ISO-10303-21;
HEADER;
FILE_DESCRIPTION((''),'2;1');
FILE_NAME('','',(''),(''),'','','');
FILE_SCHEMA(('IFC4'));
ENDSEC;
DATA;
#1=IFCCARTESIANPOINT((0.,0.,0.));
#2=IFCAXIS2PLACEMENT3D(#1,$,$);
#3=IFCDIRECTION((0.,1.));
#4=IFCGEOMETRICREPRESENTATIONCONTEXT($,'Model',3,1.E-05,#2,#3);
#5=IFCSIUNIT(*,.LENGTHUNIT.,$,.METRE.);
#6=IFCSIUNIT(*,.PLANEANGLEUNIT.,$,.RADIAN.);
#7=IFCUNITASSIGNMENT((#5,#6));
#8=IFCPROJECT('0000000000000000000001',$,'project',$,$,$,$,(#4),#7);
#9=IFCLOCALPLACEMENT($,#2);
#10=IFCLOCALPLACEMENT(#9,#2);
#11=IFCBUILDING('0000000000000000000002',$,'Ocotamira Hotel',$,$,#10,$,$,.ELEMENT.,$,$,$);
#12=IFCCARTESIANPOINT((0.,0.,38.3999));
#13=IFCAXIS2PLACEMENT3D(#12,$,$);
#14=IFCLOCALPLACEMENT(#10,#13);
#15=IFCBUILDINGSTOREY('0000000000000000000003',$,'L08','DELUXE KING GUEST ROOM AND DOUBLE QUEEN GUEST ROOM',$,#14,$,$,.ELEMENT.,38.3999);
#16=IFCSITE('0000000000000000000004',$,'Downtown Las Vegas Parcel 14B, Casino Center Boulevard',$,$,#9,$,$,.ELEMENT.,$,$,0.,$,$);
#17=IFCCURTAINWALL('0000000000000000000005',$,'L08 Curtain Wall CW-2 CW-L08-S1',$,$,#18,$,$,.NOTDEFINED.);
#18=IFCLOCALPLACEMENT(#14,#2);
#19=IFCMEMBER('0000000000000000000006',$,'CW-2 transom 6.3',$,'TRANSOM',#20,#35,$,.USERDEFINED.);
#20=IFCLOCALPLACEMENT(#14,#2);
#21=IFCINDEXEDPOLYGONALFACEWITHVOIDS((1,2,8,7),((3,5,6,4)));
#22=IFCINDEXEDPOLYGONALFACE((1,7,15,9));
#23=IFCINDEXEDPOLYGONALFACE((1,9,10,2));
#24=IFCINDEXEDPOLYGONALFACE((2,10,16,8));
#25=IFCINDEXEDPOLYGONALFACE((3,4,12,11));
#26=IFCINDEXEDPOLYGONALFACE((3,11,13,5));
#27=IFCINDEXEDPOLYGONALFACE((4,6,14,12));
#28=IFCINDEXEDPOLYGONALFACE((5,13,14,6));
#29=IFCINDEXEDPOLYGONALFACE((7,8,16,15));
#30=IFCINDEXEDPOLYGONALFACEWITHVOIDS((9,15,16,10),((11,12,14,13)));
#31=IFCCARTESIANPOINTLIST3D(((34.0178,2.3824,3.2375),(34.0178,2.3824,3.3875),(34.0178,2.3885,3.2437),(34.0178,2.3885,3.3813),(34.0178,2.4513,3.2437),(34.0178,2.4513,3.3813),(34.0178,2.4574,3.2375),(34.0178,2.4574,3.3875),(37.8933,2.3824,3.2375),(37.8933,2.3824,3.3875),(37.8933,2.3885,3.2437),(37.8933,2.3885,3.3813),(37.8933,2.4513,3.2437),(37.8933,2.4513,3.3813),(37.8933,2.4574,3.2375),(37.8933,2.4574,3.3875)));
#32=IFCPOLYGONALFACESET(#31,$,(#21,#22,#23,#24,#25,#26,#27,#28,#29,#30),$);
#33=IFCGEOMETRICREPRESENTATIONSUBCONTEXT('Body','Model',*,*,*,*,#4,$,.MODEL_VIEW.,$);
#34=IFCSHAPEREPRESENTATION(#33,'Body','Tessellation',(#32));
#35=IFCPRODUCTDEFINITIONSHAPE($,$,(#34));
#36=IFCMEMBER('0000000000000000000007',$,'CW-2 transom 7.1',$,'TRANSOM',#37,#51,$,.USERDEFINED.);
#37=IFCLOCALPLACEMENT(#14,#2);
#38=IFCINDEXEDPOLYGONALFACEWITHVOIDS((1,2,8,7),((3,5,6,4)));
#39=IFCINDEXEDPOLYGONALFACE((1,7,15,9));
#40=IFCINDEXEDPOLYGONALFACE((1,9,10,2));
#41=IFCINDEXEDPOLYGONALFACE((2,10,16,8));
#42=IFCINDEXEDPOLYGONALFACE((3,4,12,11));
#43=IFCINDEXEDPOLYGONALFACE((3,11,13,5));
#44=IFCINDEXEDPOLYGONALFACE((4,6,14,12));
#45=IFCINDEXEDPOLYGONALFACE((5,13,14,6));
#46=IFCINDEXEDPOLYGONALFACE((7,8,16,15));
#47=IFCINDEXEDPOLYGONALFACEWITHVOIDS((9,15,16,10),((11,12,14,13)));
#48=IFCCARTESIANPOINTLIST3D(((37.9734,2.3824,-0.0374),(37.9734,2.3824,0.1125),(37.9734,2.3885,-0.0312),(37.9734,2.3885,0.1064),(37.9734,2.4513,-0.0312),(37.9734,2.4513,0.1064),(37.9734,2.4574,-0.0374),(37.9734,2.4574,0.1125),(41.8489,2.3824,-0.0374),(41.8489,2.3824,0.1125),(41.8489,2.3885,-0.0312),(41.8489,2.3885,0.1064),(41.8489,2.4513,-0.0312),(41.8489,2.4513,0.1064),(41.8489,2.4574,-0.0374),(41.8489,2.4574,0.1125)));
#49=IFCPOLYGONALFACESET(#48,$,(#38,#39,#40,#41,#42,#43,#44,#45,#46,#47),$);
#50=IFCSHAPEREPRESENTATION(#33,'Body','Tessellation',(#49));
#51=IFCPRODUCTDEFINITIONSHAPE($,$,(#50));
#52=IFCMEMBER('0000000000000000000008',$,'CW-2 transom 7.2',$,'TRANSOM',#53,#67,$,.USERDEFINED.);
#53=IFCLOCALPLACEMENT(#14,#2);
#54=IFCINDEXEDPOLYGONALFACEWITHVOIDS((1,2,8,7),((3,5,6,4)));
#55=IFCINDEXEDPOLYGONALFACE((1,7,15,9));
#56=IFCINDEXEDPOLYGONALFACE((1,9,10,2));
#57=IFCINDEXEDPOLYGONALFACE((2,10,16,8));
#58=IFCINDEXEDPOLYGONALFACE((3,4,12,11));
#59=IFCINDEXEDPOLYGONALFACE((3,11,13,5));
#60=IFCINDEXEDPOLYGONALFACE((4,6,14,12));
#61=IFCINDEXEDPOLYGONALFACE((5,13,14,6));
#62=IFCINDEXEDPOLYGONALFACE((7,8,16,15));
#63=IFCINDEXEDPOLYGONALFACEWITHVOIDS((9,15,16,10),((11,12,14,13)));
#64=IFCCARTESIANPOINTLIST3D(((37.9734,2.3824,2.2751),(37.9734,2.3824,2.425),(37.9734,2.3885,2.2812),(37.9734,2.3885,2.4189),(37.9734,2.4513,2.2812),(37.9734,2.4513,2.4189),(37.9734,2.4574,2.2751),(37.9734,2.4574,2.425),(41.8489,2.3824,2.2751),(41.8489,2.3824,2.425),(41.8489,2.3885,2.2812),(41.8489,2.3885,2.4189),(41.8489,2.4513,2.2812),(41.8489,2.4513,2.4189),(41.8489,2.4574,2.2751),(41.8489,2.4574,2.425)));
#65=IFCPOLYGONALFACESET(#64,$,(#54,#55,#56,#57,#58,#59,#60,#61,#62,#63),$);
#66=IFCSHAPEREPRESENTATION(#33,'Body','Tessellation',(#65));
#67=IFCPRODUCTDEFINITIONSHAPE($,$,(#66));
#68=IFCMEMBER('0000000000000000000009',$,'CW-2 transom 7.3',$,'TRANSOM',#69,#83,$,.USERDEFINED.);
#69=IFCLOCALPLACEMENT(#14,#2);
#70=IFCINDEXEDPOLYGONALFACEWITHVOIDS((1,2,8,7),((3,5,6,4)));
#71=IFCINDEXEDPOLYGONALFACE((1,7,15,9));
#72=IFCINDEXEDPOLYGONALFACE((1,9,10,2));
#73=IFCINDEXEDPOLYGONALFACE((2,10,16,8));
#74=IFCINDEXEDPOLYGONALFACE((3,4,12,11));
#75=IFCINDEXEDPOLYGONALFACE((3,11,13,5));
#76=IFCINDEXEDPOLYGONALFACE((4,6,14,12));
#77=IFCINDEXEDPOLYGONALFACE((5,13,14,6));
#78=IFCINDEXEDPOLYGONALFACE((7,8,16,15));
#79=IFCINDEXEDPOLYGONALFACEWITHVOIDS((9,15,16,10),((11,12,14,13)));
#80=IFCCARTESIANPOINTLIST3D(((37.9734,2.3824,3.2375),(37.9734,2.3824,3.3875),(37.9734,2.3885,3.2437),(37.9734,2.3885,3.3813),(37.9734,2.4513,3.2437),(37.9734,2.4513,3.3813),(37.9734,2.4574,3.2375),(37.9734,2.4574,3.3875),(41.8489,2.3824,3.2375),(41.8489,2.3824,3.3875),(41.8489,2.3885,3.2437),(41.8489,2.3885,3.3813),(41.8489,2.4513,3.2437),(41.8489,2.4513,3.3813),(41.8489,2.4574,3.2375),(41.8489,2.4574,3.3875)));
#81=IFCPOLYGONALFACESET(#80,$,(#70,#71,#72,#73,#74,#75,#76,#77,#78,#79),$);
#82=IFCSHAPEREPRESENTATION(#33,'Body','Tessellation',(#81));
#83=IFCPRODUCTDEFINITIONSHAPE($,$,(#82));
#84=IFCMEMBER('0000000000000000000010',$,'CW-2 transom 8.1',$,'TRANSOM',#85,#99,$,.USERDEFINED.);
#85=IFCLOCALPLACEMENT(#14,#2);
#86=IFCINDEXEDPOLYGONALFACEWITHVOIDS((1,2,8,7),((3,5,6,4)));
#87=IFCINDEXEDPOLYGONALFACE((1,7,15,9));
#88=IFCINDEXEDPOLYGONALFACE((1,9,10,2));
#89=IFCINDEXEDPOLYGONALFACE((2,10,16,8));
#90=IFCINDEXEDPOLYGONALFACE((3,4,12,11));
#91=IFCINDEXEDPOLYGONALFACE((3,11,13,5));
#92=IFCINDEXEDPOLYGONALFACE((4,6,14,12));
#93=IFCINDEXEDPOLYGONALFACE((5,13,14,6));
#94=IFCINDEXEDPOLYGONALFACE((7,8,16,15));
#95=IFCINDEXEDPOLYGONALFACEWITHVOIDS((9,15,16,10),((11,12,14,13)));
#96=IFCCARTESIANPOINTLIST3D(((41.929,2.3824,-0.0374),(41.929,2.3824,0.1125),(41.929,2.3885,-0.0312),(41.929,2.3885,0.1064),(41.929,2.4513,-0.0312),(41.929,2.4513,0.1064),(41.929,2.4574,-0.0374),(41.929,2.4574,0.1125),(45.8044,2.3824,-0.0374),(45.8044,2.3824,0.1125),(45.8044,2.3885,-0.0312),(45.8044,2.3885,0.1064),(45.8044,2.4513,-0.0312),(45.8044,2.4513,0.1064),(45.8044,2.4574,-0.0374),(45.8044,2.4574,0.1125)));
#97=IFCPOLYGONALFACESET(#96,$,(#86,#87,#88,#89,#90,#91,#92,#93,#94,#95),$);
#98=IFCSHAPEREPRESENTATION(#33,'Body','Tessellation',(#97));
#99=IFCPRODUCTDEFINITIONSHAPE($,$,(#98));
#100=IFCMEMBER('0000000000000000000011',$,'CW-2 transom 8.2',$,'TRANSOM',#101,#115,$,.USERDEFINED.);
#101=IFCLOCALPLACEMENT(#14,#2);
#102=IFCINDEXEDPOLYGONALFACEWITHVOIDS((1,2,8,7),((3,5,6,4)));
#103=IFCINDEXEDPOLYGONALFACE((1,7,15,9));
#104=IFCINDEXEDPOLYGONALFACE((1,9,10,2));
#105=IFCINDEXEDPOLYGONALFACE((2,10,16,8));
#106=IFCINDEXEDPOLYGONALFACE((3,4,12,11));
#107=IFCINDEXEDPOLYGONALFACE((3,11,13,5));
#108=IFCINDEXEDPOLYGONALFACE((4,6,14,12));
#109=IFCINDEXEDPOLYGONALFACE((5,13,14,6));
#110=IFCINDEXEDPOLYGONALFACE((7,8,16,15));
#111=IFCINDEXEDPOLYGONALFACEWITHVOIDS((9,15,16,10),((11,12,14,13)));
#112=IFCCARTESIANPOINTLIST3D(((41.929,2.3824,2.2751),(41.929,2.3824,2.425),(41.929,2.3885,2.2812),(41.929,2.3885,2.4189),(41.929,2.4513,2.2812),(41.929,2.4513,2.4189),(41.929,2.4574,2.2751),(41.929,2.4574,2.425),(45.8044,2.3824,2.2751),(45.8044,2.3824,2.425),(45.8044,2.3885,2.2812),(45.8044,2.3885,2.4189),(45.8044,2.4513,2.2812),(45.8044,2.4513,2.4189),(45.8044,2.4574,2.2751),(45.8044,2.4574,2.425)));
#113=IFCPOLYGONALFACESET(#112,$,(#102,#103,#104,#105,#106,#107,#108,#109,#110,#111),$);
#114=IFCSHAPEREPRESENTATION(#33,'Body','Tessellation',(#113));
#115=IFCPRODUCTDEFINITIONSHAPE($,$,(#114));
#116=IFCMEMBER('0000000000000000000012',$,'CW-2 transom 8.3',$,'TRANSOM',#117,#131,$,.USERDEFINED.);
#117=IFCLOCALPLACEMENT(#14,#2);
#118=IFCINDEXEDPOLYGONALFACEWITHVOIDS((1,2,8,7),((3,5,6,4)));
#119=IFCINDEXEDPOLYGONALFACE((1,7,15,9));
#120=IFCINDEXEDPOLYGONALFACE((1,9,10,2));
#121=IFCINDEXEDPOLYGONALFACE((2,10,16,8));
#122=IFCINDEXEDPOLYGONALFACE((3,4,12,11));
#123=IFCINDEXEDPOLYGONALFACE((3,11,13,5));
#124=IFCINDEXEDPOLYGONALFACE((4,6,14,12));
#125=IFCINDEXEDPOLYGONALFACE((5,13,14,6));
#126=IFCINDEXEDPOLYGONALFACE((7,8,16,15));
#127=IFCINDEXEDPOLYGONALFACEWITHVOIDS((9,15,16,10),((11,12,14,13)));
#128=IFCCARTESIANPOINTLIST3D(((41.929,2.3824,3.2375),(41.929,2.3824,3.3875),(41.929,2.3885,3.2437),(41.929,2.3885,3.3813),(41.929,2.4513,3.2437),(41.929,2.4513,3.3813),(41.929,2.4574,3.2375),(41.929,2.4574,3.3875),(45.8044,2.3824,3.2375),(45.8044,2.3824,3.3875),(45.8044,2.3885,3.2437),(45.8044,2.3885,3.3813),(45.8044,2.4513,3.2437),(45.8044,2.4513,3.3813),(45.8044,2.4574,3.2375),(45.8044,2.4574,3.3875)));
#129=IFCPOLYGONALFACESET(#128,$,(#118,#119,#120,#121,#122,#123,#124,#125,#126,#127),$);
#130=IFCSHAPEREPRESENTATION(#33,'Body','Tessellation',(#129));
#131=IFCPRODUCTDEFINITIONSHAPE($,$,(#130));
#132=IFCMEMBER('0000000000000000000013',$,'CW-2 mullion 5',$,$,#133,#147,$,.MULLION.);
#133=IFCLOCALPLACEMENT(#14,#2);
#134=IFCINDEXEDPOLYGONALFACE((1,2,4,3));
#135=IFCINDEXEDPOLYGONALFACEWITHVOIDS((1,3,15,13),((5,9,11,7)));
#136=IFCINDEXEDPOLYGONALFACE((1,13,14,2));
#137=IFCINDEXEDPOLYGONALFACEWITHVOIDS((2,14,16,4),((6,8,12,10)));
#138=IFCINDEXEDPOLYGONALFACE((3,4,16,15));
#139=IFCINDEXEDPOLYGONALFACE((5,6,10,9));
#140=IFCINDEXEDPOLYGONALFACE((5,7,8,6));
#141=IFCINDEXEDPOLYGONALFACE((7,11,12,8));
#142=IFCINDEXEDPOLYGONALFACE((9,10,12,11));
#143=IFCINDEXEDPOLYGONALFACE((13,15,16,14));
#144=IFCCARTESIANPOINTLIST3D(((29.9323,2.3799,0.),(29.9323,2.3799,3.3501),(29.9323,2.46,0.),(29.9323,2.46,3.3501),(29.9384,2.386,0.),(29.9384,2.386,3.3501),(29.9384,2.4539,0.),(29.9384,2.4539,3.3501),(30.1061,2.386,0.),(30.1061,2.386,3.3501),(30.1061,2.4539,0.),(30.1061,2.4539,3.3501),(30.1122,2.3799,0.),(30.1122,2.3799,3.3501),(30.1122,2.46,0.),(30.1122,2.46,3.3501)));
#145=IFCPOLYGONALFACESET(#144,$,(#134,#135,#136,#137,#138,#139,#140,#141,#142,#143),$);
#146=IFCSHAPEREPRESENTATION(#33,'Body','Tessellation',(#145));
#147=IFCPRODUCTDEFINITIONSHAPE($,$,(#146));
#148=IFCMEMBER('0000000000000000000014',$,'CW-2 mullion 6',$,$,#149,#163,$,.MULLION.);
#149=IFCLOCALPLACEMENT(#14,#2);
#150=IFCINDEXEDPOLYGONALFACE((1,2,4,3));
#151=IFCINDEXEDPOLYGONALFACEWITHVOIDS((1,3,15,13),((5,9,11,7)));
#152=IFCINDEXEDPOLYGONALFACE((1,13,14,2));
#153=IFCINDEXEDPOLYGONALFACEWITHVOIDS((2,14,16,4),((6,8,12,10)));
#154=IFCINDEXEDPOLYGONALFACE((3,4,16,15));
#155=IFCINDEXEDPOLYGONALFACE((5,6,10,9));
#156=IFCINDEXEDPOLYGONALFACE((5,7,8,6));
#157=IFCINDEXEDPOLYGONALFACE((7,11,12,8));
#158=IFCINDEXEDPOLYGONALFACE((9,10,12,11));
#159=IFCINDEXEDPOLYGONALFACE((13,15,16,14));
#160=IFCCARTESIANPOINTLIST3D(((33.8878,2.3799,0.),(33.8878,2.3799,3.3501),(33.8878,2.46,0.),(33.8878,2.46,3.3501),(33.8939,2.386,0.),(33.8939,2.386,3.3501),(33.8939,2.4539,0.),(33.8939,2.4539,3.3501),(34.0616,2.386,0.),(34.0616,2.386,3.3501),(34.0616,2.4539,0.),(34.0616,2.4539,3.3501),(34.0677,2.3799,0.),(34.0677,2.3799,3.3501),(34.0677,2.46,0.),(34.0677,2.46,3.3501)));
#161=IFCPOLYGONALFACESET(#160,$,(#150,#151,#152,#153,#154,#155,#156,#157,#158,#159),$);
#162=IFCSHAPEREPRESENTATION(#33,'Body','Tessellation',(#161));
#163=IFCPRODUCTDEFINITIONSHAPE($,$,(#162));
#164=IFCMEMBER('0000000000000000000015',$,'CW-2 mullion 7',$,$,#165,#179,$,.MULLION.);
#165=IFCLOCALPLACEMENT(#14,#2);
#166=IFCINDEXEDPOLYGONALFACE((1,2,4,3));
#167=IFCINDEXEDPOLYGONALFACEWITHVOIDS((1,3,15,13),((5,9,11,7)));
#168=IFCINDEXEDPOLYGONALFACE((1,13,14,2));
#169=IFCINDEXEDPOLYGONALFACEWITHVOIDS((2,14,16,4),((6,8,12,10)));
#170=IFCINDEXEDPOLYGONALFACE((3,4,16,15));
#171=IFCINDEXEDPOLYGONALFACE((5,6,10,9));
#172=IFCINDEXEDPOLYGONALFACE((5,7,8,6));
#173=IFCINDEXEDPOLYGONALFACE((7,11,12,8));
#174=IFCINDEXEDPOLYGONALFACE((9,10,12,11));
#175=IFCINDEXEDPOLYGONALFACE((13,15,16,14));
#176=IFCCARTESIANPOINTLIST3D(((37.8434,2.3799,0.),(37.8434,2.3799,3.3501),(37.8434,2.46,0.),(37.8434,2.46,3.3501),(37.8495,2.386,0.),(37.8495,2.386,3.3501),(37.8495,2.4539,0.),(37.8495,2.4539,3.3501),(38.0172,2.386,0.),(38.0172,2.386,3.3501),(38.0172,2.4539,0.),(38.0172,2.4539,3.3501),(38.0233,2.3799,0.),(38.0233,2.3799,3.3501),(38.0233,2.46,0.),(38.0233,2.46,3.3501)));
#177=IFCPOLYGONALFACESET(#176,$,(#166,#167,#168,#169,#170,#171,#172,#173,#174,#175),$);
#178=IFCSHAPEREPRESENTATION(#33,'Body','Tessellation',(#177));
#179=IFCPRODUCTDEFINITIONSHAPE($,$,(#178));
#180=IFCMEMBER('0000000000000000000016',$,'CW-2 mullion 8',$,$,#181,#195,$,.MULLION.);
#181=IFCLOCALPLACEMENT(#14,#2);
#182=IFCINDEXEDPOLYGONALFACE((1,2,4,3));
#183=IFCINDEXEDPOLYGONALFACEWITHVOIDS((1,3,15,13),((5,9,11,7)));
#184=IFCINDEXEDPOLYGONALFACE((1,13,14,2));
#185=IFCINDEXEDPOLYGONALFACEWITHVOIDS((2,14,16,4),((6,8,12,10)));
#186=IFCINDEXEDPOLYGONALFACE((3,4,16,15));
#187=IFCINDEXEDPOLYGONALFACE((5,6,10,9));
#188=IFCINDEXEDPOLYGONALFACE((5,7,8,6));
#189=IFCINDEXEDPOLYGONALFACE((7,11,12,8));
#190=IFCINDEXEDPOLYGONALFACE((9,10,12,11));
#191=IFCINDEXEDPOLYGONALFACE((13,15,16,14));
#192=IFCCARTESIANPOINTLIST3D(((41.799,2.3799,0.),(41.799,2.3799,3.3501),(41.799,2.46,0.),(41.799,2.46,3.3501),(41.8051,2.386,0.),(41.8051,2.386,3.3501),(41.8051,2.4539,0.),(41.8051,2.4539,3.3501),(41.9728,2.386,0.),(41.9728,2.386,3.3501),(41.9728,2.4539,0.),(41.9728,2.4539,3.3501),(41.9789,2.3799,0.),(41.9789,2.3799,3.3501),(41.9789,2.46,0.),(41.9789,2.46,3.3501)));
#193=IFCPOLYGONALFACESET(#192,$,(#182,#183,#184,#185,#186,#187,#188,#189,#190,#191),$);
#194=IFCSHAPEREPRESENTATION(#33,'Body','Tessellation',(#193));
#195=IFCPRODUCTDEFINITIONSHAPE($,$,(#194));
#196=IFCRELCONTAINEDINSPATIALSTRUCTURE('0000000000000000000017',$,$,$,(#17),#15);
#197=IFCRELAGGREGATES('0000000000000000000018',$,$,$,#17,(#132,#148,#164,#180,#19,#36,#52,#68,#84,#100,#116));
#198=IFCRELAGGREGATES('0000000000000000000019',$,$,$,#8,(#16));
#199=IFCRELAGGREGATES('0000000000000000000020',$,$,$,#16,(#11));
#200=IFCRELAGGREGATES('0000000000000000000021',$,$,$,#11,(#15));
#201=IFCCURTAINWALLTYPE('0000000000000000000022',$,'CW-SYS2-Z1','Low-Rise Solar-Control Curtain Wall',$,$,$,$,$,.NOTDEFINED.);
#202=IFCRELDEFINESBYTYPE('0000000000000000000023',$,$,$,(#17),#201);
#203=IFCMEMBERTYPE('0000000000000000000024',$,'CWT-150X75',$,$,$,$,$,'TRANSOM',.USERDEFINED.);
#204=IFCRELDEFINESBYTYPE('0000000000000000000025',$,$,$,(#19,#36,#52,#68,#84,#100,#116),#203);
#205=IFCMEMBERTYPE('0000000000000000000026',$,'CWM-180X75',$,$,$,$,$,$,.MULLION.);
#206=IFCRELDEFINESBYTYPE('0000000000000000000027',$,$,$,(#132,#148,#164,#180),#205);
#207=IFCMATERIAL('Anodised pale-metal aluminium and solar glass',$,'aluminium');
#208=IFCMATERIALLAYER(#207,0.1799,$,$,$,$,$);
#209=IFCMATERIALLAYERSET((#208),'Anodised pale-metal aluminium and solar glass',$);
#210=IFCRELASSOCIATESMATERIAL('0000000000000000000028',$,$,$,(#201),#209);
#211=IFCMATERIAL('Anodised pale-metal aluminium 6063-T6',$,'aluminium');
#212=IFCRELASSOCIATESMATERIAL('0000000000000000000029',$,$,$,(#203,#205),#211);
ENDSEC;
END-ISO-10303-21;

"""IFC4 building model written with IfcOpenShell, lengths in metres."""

from ifc_helpers import new_model, si_unit, direction, frame, origin, origin_2d, place, context, subcontext, project, spatial, hollow_rectangle, extrude, source, transform, mapped, material, layer, layer_set, material_profile, profile_set, type_object, element, aggregate, save


model = new_model("IFC4")

# Units and contexts
model_context = context("Model", 3, precision=1e-05, world=origin(), true_north=direction((0.0, 1.0)))
body_context = subcontext(model_context, "Body", "Model", "MODEL_VIEW")
ifc_project = project(units=[si_unit("LENGTHUNIT", "METRE"), si_unit("PLANEANGLEUNIT", "RADIAN")], contexts=[model_context])

# Site, building, storey
site_placement = place(None, origin())
site = spatial("IfcSite", under=ifc_project, at=site_placement, Name="Downtown Las Vegas Parcel 14B, Casino Center Boulevard", CompositionType="ELEMENT", RefElevation=0.0)
building_placement = place(site_placement, origin())
building = spatial("IfcBuilding", under=site, at=building_placement, Name="Ocotamira Hotel", CompositionType="ELEMENT")
storey_placement = place(building_placement, frame((0.0, 0.0, 38.3999)))
storey = spatial("IfcBuildingStorey", under=building, at=storey_placement, Name="L08", Description="DELUXE KING GUEST ROOM AND DOUBLE QUEEN GUEST ROOM", CompositionType="ELEMENT", Elevation=38.3999)

# Curtain wall, members
ifc_material_1 = material(Name="Anodised pale-metal aluminium and solar glass", Category="aluminium")
ifc_layer_1 = layer(ifc_material_1, 0.1799)
ifc_layer_set_1 = layer_set([ifc_layer_1], Name="Anodised pale-metal aluminium and solar glass")
curtain_wall_type = type_object("IfcCurtainWallType", Name="CW-SYS2-Z1", Description="Low-Rise Solar-Control Curtain Wall", PredefinedType="NOTDEFINED", material=ifc_layer_set_1)
curtain_wall_placement = place(storey_placement, origin())
curtain_wall = element("IfcCurtainWall", 1, at=curtain_wall_placement, inside=storey, type_object=curtain_wall_type, Name="L08 Curtain Wall CW-2 CW-L08-S1", PredefinedType="NOTDEFINED")
ifc_material_2 = material(Name="Anodised pale-metal aluminium 6063-T6", Category="aluminium")
ifc_material_profile_1 = material_profile(ifc_material_2, hollow_rectangle(XDim=0.075, YDim=0.1499, WallThickness=0.0061, at=origin_2d()), Name="HSS150X75X6")
ifc_profile_set_1 = profile_set([ifc_material_profile_1], Name="Anodised pale-metal aluminium 6063-T6")
member_type_1 = type_object("IfcMemberType", Name="CWT-150X75", ElementType="TRANSOM", PredefinedType="USERDEFINED", material=ifc_profile_set_1)
shared_shape_1 = source(origin(), body_context, "Body", "SweptSolid", [
    extrude(hollow_rectangle(XDim=0.075, YDim=0.1499, WallThickness=0.0061, at=origin_2d()), origin(), (0.0, 0.0, 1.0), 3.8755),
])
member_1_placement = place(storey_placement, frame((34.0178, 2.4199, 3.3125), z_axis=(1.0, 0.0, 0.0), x_axis=(0.0, 1.0, 0.0)))
member_1 = element("IfcMember", 2, at=member_1_placement, type_object=member_type_1, Name="CW-2 transom 6.3", ObjectType="TRANSOM", PredefinedType="USERDEFINED", context=body_context, shape_type="MappedRepresentation", body=[
    mapped(shared_shape_1, transform((0.0, 0.0, 0.0), scale=1.0)),
])
member_2_placement = place(storey_placement, frame((37.9734, 2.4199, 0.0376), z_axis=(1.0, 0.0, 0.0), x_axis=(0.0, 1.0, 0.0)))
member_2 = element("IfcMember", 3, at=member_2_placement, type_object=member_type_1, Name="CW-2 transom 7.1", ObjectType="TRANSOM", PredefinedType="USERDEFINED", context=body_context, shape_type="MappedRepresentation", body=[
    mapped(shared_shape_1, transform((0.0, 0.0, 0.0), scale=1.0)),
])
member_3_placement = place(storey_placement, frame((37.9734, 2.4199, 2.3501), z_axis=(1.0, 0.0, 0.0), x_axis=(0.0, 1.0, 0.0)))
member_3 = element("IfcMember", 4, at=member_3_placement, type_object=member_type_1, Name="CW-2 transom 7.2", ObjectType="TRANSOM", PredefinedType="USERDEFINED", context=body_context, shape_type="MappedRepresentation", body=[
    mapped(shared_shape_1, transform((0.0, 0.0, 0.0), scale=1.0)),
])
member_4_placement = place(storey_placement, frame((37.9734, 2.4199, 3.3125), z_axis=(1.0, 0.0, 0.0), x_axis=(0.0, 1.0, 0.0)))
member_4 = element("IfcMember", 5, at=member_4_placement, type_object=member_type_1, Name="CW-2 transom 7.3", ObjectType="TRANSOM", PredefinedType="USERDEFINED", context=body_context, shape_type="MappedRepresentation", body=[
    mapped(shared_shape_1, transform((0.0, 0.0, 0.0), scale=1.0)),
])
member_5_placement = place(storey_placement, frame((41.929, 2.4199, 0.0376), z_axis=(1.0, 0.0, 0.0), x_axis=(0.0, 1.0, 0.0)))
member_5 = element("IfcMember", 6, at=member_5_placement, type_object=member_type_1, Name="CW-2 transom 8.1", ObjectType="TRANSOM", PredefinedType="USERDEFINED", context=body_context, shape_type="MappedRepresentation", body=[
    mapped(shared_shape_1, transform((0.0, 0.0, 0.0), scale=1.0)),
])
member_6_placement = place(storey_placement, frame((41.929, 2.4199, 2.3501), z_axis=(1.0, 0.0, 0.0), x_axis=(0.0, 1.0, 0.0)))
member_6 = element("IfcMember", 7, at=member_6_placement, type_object=member_type_1, Name="CW-2 transom 8.2", ObjectType="TRANSOM", PredefinedType="USERDEFINED", context=body_context, shape_type="MappedRepresentation", body=[
    mapped(shared_shape_1, transform((0.0, 0.0, 0.0), scale=1.0)),
])
member_7_placement = place(storey_placement, frame((41.929, 2.4199, 3.3125), z_axis=(1.0, 0.0, 0.0), x_axis=(0.0, 1.0, 0.0)))
member_7 = element("IfcMember", 8, at=member_7_placement, type_object=member_type_1, Name="CW-2 transom 8.3", ObjectType="TRANSOM", PredefinedType="USERDEFINED", context=body_context, shape_type="MappedRepresentation", body=[
    mapped(shared_shape_1, transform((0.0, 0.0, 0.0), scale=1.0)),
])
ifc_material_profile_2 = material_profile(ifc_material_2, hollow_rectangle(XDim=0.0801, YDim=0.1799, WallThickness=0.0061, at=origin_2d()), Name="HSS180X80X6")
ifc_profile_set_2 = profile_set([ifc_material_profile_2], Name="Anodised pale-metal aluminium 6063-T6")
member_type_2 = type_object("IfcMemberType", Name="CWM-180X75", PredefinedType="MULLION", material=ifc_profile_set_2)
shared_shape_2 = source(origin(), body_context, "Body", "SweptSolid", [
    extrude(hollow_rectangle(XDim=0.0801, YDim=0.1799, WallThickness=0.0061, at=origin_2d()), origin(), (0.0, 0.0, 1.0), 3.3501),
])
member_8_placement = place(storey_placement, frame((30.0222, 2.4199, 0.0), z_axis=(0.0, 0.0, 1.0), x_axis=(0.0, 1.0, 0.0)))
member_8 = element("IfcMember", 9, at=member_8_placement, type_object=member_type_2, Name="CW-2 mullion 5", PredefinedType="MULLION", context=body_context, shape_type="MappedRepresentation", body=[
    mapped(shared_shape_2, transform((0.0, 0.0, 0.0), scale=1.0)),
])
member_9_placement = place(storey_placement, frame((33.9778, 2.4199, 0.0), z_axis=(0.0, 0.0, 1.0), x_axis=(0.0, 1.0, 0.0)))
member_9 = element("IfcMember", 10, at=member_9_placement, type_object=member_type_2, Name="CW-2 mullion 6", PredefinedType="MULLION", context=body_context, shape_type="MappedRepresentation", body=[
    mapped(shared_shape_2, transform((0.0, 0.0, 0.0), scale=1.0)),
])
member_10_placement = place(storey_placement, frame((37.9333, 2.4199, 0.0), z_axis=(0.0, 0.0, 1.0), x_axis=(0.0, 1.0, 0.0)))
member_10 = element("IfcMember", 11, at=member_10_placement, type_object=member_type_2, Name="CW-2 mullion 7", PredefinedType="MULLION", context=body_context, shape_type="MappedRepresentation", body=[
    mapped(shared_shape_2, transform((0.0, 0.0, 0.0), scale=1.0)),
])
member_11_placement = place(storey_placement, frame((41.8889, 2.4199, 0.0), z_axis=(0.0, 0.0, 1.0), x_axis=(0.0, 1.0, 0.0)))
member_11 = element("IfcMember", 12, at=member_11_placement, type_object=member_type_2, Name="CW-2 mullion 8", PredefinedType="MULLION", context=body_context, shape_type="MappedRepresentation", body=[
    mapped(shared_shape_2, transform((0.0, 0.0, 0.0), scale=1.0)),
])

aggregate(curtain_wall, [member_8, member_9, member_10, member_11, member_1, member_2, member_3, member_4, member_5, member_6, member_7])

save(model, "model.ifc")
